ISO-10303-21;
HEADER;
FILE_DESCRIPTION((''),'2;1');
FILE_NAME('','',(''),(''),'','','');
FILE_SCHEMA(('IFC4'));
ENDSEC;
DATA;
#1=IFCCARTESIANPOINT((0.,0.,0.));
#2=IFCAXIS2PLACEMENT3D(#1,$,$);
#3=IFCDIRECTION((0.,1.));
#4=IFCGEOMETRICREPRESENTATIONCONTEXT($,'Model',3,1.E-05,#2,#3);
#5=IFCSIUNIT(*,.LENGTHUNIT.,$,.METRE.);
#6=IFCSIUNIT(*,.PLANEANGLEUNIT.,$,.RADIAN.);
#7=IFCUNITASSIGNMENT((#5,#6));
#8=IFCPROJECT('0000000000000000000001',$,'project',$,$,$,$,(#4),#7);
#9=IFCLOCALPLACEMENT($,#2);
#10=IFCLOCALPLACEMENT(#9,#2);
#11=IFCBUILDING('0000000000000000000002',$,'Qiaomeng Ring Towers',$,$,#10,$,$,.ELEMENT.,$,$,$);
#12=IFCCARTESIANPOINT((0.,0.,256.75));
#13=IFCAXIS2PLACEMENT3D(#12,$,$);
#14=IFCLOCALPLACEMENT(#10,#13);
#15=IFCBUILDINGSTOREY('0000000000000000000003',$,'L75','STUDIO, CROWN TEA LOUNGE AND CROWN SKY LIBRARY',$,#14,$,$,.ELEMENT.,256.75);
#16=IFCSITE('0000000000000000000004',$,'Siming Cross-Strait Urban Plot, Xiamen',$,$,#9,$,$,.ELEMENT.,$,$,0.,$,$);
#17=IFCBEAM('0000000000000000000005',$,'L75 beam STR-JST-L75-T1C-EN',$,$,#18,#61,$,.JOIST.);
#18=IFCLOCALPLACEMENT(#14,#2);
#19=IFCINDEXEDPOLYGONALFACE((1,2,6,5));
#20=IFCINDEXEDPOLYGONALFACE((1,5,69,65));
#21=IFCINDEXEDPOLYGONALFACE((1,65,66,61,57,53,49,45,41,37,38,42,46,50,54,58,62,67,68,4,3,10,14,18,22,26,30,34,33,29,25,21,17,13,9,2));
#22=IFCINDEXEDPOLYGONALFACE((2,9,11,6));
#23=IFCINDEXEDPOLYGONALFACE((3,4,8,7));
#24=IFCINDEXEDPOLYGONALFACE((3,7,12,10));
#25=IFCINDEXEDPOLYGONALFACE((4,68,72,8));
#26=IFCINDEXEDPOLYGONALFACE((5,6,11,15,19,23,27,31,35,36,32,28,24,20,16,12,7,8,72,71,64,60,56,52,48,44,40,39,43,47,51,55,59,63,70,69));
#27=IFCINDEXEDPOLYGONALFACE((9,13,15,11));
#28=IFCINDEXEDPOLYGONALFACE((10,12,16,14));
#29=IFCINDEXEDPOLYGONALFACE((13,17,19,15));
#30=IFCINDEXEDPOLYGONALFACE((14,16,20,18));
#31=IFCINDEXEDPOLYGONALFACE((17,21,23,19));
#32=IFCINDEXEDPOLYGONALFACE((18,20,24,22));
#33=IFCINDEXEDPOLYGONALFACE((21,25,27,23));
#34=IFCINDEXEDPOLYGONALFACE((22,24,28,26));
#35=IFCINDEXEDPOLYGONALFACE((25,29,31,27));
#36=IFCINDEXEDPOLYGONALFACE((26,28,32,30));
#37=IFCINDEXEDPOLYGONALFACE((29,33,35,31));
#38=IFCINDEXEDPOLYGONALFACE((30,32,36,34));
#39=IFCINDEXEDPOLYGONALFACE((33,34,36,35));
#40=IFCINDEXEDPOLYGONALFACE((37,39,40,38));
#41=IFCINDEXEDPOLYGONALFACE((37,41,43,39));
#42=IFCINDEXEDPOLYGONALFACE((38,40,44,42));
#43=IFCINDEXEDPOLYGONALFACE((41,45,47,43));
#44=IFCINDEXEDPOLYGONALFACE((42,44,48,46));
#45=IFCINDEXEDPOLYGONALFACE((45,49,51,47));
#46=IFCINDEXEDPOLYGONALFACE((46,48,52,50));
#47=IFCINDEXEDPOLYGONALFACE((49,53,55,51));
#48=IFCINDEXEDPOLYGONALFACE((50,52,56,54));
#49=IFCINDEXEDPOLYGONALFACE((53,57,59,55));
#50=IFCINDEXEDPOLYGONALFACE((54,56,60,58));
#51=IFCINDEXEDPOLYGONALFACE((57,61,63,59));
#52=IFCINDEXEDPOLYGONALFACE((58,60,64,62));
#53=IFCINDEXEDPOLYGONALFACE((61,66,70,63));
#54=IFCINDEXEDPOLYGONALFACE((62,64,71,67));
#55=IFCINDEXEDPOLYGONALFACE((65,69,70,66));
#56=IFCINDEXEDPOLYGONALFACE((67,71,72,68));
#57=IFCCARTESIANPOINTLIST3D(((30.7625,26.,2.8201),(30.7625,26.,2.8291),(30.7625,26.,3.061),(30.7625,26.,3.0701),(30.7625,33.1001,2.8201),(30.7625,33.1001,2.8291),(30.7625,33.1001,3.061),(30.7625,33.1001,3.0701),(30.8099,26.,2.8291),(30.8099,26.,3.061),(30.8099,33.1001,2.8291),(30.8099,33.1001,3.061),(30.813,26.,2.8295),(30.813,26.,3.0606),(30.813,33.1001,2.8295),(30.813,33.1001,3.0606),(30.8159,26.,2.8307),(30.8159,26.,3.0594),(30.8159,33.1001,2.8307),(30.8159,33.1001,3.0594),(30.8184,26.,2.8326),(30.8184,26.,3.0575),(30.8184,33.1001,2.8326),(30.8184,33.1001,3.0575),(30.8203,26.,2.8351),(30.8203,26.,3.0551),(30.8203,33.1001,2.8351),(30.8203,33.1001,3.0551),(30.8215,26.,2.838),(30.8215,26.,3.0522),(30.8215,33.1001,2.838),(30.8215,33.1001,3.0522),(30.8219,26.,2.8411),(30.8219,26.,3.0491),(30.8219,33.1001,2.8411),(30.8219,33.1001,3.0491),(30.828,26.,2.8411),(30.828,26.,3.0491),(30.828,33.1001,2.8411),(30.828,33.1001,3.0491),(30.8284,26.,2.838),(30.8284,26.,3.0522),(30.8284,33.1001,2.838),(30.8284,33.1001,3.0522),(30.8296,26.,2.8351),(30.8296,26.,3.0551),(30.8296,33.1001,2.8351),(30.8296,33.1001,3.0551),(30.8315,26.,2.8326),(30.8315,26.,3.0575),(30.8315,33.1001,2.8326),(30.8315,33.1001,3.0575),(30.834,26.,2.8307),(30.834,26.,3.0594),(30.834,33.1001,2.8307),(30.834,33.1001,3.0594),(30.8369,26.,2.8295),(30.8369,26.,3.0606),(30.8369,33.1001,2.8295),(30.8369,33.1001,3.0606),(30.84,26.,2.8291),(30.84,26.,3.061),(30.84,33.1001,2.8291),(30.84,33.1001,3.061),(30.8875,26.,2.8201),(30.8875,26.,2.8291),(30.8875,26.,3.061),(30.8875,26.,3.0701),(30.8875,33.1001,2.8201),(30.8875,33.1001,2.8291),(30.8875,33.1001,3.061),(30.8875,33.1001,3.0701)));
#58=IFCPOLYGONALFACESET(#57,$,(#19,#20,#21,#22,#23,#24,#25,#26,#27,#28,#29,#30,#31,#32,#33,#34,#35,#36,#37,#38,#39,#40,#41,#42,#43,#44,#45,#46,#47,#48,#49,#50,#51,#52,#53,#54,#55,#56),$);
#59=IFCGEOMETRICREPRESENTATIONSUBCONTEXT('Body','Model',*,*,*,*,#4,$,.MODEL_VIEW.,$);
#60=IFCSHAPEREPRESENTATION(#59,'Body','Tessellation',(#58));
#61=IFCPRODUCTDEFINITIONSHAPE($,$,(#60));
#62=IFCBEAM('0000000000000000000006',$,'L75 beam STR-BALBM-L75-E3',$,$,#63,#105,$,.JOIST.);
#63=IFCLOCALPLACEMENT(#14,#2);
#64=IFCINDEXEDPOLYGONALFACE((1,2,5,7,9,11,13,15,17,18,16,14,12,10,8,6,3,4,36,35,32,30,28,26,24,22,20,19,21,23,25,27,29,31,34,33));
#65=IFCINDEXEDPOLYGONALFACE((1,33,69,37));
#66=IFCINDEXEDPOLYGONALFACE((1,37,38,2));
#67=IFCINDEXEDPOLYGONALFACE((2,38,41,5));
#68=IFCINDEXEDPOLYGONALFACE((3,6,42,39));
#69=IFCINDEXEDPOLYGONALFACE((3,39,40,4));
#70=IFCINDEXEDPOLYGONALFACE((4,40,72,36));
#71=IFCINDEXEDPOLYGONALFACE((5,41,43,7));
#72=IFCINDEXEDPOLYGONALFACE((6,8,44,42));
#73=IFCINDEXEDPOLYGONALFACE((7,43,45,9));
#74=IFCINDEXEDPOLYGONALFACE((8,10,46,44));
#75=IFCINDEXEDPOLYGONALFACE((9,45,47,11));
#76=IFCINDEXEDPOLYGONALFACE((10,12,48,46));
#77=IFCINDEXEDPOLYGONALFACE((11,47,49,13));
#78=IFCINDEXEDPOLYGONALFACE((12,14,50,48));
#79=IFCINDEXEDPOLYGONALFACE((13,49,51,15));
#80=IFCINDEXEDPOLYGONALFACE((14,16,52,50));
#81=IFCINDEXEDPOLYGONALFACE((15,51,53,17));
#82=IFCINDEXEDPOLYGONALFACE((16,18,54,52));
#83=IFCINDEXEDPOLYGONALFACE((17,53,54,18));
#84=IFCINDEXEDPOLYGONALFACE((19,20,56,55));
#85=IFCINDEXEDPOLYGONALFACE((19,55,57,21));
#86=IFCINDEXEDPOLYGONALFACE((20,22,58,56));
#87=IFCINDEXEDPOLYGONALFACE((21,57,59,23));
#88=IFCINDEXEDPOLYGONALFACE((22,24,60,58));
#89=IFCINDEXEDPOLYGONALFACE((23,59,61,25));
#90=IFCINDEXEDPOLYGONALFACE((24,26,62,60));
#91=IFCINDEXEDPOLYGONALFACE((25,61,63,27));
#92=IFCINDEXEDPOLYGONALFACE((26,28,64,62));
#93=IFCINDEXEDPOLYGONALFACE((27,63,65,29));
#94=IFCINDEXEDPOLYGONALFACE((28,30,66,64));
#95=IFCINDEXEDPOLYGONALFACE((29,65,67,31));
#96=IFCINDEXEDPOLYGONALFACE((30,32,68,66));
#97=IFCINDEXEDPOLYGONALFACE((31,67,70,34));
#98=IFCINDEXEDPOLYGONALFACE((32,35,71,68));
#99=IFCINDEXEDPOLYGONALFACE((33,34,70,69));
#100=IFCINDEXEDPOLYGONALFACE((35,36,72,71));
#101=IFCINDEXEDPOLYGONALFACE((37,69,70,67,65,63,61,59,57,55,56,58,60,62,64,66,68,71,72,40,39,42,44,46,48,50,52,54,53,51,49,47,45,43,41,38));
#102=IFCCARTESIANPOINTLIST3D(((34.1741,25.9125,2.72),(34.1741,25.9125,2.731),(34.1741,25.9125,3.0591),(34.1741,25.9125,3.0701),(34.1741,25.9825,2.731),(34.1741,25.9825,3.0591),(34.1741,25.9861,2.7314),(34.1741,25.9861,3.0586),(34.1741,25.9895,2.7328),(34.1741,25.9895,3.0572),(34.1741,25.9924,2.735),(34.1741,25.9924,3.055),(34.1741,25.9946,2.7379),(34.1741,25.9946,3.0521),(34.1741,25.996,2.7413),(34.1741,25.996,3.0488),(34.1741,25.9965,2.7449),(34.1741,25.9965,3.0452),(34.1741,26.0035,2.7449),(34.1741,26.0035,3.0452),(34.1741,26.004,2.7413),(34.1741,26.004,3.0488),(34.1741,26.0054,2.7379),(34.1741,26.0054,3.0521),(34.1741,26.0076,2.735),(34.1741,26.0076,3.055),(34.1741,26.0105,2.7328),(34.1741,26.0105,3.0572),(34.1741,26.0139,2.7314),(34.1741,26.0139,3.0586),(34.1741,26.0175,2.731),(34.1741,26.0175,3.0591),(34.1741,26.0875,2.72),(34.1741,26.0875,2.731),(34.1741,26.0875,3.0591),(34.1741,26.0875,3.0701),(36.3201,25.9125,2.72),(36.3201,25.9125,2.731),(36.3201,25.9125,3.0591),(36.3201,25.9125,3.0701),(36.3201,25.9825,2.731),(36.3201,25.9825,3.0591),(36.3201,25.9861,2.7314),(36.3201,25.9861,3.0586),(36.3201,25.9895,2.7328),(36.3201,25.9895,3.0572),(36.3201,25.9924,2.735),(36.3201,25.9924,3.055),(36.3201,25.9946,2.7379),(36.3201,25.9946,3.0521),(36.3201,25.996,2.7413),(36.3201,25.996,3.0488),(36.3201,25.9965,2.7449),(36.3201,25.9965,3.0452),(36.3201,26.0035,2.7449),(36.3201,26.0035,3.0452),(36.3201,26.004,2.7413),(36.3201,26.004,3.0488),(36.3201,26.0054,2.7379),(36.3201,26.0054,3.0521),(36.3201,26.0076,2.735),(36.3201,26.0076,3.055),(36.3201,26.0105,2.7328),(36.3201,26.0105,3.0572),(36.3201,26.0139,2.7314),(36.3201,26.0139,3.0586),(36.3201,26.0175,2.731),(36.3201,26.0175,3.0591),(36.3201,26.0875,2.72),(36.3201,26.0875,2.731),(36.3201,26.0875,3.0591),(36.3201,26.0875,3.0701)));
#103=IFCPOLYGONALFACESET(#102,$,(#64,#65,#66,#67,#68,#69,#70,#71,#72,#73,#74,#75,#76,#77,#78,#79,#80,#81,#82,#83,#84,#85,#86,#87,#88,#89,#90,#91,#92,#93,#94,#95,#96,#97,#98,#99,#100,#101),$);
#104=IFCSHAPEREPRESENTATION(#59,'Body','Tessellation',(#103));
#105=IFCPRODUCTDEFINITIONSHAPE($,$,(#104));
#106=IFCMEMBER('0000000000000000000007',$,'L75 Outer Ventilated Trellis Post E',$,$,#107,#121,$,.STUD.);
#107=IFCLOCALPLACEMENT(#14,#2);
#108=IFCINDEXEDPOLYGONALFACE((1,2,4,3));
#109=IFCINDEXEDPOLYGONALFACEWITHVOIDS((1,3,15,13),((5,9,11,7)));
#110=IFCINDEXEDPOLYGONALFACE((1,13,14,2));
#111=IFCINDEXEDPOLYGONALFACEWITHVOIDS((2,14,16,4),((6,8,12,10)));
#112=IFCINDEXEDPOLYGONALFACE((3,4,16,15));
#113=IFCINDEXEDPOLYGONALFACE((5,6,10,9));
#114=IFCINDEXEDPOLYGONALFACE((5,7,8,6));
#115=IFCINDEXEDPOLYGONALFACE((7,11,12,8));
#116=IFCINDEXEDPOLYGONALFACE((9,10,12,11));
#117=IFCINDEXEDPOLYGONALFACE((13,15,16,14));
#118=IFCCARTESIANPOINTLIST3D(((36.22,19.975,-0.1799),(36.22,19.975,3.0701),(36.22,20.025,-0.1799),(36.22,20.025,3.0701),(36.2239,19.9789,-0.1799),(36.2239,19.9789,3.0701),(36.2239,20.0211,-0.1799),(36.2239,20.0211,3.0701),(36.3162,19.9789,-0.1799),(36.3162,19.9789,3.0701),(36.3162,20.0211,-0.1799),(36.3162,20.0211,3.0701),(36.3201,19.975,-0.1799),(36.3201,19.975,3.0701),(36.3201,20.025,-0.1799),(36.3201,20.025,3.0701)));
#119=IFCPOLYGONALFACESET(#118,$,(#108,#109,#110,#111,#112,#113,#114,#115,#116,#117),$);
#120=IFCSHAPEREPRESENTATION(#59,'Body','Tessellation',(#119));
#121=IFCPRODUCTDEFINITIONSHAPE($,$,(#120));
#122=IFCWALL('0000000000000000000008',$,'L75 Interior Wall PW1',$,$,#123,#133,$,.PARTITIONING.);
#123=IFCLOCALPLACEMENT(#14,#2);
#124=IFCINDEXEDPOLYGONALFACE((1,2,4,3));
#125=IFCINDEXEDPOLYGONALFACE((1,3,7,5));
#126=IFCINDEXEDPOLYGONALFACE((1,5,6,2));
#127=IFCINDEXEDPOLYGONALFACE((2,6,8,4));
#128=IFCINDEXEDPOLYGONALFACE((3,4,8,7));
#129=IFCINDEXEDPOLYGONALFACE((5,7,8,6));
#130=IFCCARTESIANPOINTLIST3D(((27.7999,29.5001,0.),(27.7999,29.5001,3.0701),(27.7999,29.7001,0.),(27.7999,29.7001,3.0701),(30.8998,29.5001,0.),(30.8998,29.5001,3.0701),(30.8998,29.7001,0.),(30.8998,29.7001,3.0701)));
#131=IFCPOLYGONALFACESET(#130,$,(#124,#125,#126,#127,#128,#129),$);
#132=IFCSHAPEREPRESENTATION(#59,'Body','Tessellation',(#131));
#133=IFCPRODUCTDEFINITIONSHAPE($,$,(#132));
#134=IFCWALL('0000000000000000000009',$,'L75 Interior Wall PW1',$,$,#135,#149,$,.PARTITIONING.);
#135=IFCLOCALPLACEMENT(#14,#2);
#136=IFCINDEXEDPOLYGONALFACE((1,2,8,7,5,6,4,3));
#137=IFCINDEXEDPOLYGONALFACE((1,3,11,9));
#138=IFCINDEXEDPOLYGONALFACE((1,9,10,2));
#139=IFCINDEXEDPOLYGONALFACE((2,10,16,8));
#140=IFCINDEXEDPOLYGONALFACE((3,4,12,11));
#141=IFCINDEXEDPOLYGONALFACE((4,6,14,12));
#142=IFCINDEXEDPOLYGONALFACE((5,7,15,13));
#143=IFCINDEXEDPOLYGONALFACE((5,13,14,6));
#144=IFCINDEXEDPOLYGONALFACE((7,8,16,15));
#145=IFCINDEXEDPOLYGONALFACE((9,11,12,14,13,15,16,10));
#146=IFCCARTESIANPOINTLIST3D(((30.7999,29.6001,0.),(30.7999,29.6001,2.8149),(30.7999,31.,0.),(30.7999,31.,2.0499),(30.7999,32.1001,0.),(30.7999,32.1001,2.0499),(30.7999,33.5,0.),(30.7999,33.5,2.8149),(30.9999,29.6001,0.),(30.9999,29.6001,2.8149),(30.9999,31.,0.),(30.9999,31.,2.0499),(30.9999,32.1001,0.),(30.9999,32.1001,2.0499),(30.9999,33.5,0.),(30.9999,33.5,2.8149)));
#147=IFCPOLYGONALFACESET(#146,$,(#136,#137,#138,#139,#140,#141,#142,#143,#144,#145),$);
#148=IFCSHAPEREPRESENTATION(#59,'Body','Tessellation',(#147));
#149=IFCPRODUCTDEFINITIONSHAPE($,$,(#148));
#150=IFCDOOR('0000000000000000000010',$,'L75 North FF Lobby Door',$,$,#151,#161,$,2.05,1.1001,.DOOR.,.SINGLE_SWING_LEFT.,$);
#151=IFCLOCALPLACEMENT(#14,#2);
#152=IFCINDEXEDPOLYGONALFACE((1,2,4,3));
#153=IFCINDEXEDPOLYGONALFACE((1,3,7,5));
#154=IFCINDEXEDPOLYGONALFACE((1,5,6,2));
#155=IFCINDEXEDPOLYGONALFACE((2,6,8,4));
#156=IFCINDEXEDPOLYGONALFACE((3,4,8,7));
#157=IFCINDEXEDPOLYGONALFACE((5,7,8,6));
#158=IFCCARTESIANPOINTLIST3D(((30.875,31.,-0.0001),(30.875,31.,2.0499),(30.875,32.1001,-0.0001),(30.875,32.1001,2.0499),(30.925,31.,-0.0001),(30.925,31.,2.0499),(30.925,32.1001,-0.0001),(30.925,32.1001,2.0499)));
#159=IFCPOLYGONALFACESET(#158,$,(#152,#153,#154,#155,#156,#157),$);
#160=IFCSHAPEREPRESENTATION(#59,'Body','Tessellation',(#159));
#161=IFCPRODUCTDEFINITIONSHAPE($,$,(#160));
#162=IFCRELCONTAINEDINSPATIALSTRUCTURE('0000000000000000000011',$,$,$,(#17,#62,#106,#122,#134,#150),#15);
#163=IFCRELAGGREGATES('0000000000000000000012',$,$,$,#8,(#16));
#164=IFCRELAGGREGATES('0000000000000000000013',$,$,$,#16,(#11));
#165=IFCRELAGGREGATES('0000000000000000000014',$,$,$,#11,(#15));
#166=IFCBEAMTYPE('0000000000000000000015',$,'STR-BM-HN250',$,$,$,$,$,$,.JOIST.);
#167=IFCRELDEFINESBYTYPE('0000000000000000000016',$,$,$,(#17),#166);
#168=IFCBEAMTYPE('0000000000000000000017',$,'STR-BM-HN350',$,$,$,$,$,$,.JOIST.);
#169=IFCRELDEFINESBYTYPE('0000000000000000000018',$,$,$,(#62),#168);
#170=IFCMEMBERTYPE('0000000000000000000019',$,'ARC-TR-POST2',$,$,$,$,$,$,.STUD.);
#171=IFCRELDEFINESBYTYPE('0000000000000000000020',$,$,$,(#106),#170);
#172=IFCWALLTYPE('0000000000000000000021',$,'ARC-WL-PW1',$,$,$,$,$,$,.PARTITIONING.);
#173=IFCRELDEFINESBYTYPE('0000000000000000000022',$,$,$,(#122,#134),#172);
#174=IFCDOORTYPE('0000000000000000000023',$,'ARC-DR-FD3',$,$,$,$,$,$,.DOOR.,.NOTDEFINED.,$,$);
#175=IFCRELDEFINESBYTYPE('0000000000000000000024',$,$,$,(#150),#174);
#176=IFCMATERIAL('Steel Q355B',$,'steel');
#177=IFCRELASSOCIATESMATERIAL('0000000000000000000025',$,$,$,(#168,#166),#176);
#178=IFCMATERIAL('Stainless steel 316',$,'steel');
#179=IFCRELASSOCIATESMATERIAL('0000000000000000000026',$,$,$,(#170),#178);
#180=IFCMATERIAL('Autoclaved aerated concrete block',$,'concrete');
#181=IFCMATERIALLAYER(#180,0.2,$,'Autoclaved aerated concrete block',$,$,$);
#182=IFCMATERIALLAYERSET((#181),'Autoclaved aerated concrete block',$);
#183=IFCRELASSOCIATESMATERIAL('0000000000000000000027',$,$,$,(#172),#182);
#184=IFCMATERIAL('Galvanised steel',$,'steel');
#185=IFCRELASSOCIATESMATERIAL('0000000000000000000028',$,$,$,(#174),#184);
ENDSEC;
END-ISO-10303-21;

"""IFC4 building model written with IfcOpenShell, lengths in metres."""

from ifc_helpers import new_model, si_unit, direction, frame, frame_2d, origin, origin_2d, place, context, subcontext, project, spatial, rectangle, hollow_rectangle, i_section, extrude, source, transform, mapped, material, layer, layer_set, material_profile, profile_set, type_object, element, fill, save


model = new_model("IFC4")

# Units and contexts
model_context = context("Model", 3, precision=1e-05, world=origin(), true_north=direction((0.0, 1.0)))
body_context = subcontext(model_context, "Body", "Model", "MODEL_VIEW")
ifc_project = project(units=[si_unit("LENGTHUNIT", "METRE"), si_unit("PLANEANGLEUNIT", "RADIAN")], contexts=[model_context])

# Site, building, storey
site_placement = place(None, origin())
site = spatial("IfcSite", under=ifc_project, at=site_placement, Name="Siming Cross-Strait Urban Plot, Xiamen", CompositionType="ELEMENT", RefElevation=0.0)
building_placement = place(site_placement, origin())
building = spatial("IfcBuilding", under=site, at=building_placement, Name="Qiaomeng Ring Towers", CompositionType="ELEMENT")
storey_placement = place(building_placement, frame((0.0, 0.0, 256.75)))
storey = spatial("IfcBuildingStorey", under=building, at=storey_placement, Name="L75", Description="STUDIO, CROWN TEA LOUNGE AND CROWN SKY LIBRARY", CompositionType="ELEMENT", Elevation=256.75)

# Beams
ifc_material_1 = material(Name="Steel Q355B", Category="steel")
ifc_material_profile_1 = material_profile(ifc_material_1, i_section(OverallWidth=0.175, OverallDepth=0.3501, WebThickness=0.0071, FlangeThickness=0.011, FilletRadius=0.0139, at=origin_2d()), Name="HN 350x175x7x11")
ifc_profile_set_1 = profile_set([ifc_material_profile_1], Name="Steel Q355B")
beam_type_1 = type_object("IfcBeamType", Name="STR-BM-HN350", PredefinedType="JOIST", material=ifc_profile_set_1)
ifc_material_profile_2 = material_profile(ifc_material_1, i_section(OverallWidth=0.125, OverallDepth=0.25, WebThickness=0.0061, FlangeThickness=0.009, FilletRadius=0.012, at=origin_2d()), Name="HN 250x125x6x9")
ifc_profile_set_2 = profile_set([ifc_material_profile_2], Name="Steel Q355B")
beam_type_2 = type_object("IfcBeamType", Name="STR-BM-HN250", PredefinedType="JOIST", material=ifc_profile_set_2)
shared_shape_1 = source(origin(), body_context, "Body", "SweptSolid", [
    extrude(i_section(OverallWidth=0.125, OverallDepth=0.25, WebThickness=0.0061, FlangeThickness=0.009, FilletRadius=0.012, at=origin_2d()), origin(), (0.0, 0.0, 1.0), 7.1001),
])
beam_1_placement = place(storey_placement, frame((30.825, 26.0, 2.9451), z_axis=(0.0, 1.0, 0.0), x_axis=(-1.0, 0.0, 0.0)))
element("IfcBeam", 1, at=beam_1_placement, inside=storey, type_object=beam_type_2, Name="L75 beam STR-JST-L75-T1C-EN", PredefinedType="JOIST", context=body_context, shape_type="MappedRepresentation", body=[
    mapped(shared_shape_1, transform((0.0, 0.0, 0.0), x_axis=(1.0, 0.0, 0.0), y_axis=(0.0, 1.0, 0.0), z_axis=(0.0, 0.0, 1.0), scale=1.0)),
])
shared_shape_2 = source(origin(), body_context, "Body", "SweptSolid", [
    extrude(i_section(OverallWidth=0.175, OverallDepth=0.3501, WebThickness=0.0071, FlangeThickness=0.011, FilletRadius=0.0139, at=origin_2d()), origin(), (0.0, 0.0, 1.0), 2.146),
])
beam_2_placement = place(storey_placement, frame((34.1741, 26.0, 2.895), z_axis=(1.0, 0.0, 0.0), x_axis=(0.0, 1.0, 0.0)))
element("IfcBeam", 2, at=beam_2_placement, inside=storey, type_object=beam_type_1, Name="L75 beam STR-BALBM-L75-E3", PredefinedType="JOIST", context=body_context, shape_type="MappedRepresentation", body=[
    mapped(shared_shape_2, transform((0.0, 0.0, 0.0), x_axis=(1.0, 0.0, 0.0), y_axis=(0.0, 1.0, 0.0), z_axis=(0.0, 0.0, 1.0), scale=1.0)),
])

# Member
ifc_material_2 = material(Name="Stainless steel 316", Category="steel")
ifc_material_profile_3 = material_profile(ifc_material_2, hollow_rectangle(XDim=0.05, YDim=0.1001, WallThickness=0.0039, at=origin_2d()), Name="SS TRELLIS 100x50")
ifc_profile_set_3 = profile_set([ifc_material_profile_3], Name="Stainless steel 316")
member_type = type_object("IfcMemberType", Name="ARC-TR-POST2", PredefinedType="STUD", material=ifc_profile_set_3)
shared_shape_3 = source(origin(), body_context, "Body", "SweptSolid", [
    extrude(hollow_rectangle(XDim=0.05, YDim=0.1001, WallThickness=0.0039, at=origin_2d()), origin(), (0.0, 0.0, 1.0), 3.25),
])
member_placement = place(storey_placement, frame((36.27, 20.0, -0.1799), z_axis=(0.0, 0.0, 1.0), x_axis=(0.0, 1.0, 0.0)))
element("IfcMember", 3, at=member_placement, inside=storey, type_object=member_type, Name="L75 Outer Ventilated Trellis Post E", PredefinedType="STUD", context=body_context, shape_type="MappedRepresentation", body=[
    mapped(shared_shape_3, transform((0.0, 0.0, 0.0), x_axis=(1.0, 0.0, 0.0), y_axis=(0.0, 1.0, 0.0), z_axis=(0.0, 0.0, 1.0), scale=1.0)),
])

# Wall
ifc_material_3 = material(Name="Autoclaved aerated concrete block", Category="concrete")
ifc_layer_1 = layer(ifc_material_3, 0.2, Name="Autoclaved aerated concrete block")
ifc_layer_set_1 = layer_set([ifc_layer_1], Name="Autoclaved aerated concrete block")
wall_type_1 = type_object("IfcWallType", Name="ARC-WL-PW1", PredefinedType="PARTITIONING", material=ifc_layer_set_1)
wall_1_placement = place(storey_placement, frame((27.8, 29.6001, 0.0), z_axis=(0.0, 0.0, 1.0), x_axis=(1.0, 0.0, 0.0)))
element("IfcWall", 4, at=wall_1_placement, inside=storey, type_object=wall_type_1, Name="L75 Interior Wall PW1", PredefinedType="PARTITIONING", context=body_context, shape_type="SweptSolid", body=[
    extrude(rectangle(XDim=3.0999, YDim=0.2, at=frame_2d((1.5498, 0.0))), origin(), (0.0, 0.0, 1.0), 3.0701),
])

# Wall, opening, door
wall_2_placement = place(storey_placement, frame((30.8999, 29.6001, 0.0), z_axis=(0.0, 0.0, 1.0), x_axis=(0.0, 1.0, 0.0)))
wall_2 = element("IfcWall", 5, at=wall_2_placement, inside=storey, type_object=wall_type_1, Name="L75 Interior Wall PW1", PredefinedType="PARTITIONING", context=body_context, shape_type="SweptSolid", body=[
    extrude(rectangle(XDim=3.8999, YDim=0.2, at=frame_2d((1.95, 0.0))), origin(), (0.0, 0.0, 1.0), 2.8149),
])
opening_1_placement = place(wall_2_placement, frame((1.3999, 0.0, 0.0)))
opening_1 = element("IfcOpeningElement", 6, at=opening_1_placement, cuts=wall_2, PredefinedType="OPENING", context=body_context, shape_type="SweptSolid", body=[
    extrude(rectangle(XDim=1.1001, YDim=2.05, at=frame_2d((0.55, 1.0249))), frame((0.0, 0.1099, 0.0), z_axis=(0.0, -1.0, 0.0), x_axis=(1.0, 0.0, 0.0)), (0.0, 0.0, 1.0), 0.22),
])
ifc_material_4 = material(Name="Galvanised steel", Category="steel")
door_type_1 = type_object("IfcDoorType", Name="ARC-DR-FD3", OperationType="NOTDEFINED", PredefinedType="DOOR", material=ifc_material_4)
shared_shape_4 = source(origin(), body_context, "Body", "SweptSolid", [
    extrude(rectangle(XDim=1.1001, YDim=2.05, at=frame_2d((0.55, 1.0249))), frame((0.0, 0.0249, 0.0), z_axis=(0.0, -1.0, 0.0), x_axis=(1.0, 0.0, 0.0)), (0.0, 0.0, 1.0), 0.05),
])
door_1_placement = place(opening_1_placement, origin())
door_1 = element("IfcDoor", 7, at=door_1_placement, inside=storey, type_object=door_type_1, Name="L75 North FF Lobby Door", OperationType="SINGLE_SWING_LEFT", OverallHeight=2.05, OverallWidth=1.1001, PredefinedType="DOOR", context=body_context, shape_type="MappedRepresentation", body=[
    mapped(shared_shape_4, transform((0.0, 0.0, 0.0), x_axis=(1.0, 0.0, 0.0), y_axis=(0.0, 1.0, 0.0), z_axis=(0.0, 0.0, 1.0), scale=1.0)),
])
fill(opening_1, door_1)

save(model, "model.ifc")
